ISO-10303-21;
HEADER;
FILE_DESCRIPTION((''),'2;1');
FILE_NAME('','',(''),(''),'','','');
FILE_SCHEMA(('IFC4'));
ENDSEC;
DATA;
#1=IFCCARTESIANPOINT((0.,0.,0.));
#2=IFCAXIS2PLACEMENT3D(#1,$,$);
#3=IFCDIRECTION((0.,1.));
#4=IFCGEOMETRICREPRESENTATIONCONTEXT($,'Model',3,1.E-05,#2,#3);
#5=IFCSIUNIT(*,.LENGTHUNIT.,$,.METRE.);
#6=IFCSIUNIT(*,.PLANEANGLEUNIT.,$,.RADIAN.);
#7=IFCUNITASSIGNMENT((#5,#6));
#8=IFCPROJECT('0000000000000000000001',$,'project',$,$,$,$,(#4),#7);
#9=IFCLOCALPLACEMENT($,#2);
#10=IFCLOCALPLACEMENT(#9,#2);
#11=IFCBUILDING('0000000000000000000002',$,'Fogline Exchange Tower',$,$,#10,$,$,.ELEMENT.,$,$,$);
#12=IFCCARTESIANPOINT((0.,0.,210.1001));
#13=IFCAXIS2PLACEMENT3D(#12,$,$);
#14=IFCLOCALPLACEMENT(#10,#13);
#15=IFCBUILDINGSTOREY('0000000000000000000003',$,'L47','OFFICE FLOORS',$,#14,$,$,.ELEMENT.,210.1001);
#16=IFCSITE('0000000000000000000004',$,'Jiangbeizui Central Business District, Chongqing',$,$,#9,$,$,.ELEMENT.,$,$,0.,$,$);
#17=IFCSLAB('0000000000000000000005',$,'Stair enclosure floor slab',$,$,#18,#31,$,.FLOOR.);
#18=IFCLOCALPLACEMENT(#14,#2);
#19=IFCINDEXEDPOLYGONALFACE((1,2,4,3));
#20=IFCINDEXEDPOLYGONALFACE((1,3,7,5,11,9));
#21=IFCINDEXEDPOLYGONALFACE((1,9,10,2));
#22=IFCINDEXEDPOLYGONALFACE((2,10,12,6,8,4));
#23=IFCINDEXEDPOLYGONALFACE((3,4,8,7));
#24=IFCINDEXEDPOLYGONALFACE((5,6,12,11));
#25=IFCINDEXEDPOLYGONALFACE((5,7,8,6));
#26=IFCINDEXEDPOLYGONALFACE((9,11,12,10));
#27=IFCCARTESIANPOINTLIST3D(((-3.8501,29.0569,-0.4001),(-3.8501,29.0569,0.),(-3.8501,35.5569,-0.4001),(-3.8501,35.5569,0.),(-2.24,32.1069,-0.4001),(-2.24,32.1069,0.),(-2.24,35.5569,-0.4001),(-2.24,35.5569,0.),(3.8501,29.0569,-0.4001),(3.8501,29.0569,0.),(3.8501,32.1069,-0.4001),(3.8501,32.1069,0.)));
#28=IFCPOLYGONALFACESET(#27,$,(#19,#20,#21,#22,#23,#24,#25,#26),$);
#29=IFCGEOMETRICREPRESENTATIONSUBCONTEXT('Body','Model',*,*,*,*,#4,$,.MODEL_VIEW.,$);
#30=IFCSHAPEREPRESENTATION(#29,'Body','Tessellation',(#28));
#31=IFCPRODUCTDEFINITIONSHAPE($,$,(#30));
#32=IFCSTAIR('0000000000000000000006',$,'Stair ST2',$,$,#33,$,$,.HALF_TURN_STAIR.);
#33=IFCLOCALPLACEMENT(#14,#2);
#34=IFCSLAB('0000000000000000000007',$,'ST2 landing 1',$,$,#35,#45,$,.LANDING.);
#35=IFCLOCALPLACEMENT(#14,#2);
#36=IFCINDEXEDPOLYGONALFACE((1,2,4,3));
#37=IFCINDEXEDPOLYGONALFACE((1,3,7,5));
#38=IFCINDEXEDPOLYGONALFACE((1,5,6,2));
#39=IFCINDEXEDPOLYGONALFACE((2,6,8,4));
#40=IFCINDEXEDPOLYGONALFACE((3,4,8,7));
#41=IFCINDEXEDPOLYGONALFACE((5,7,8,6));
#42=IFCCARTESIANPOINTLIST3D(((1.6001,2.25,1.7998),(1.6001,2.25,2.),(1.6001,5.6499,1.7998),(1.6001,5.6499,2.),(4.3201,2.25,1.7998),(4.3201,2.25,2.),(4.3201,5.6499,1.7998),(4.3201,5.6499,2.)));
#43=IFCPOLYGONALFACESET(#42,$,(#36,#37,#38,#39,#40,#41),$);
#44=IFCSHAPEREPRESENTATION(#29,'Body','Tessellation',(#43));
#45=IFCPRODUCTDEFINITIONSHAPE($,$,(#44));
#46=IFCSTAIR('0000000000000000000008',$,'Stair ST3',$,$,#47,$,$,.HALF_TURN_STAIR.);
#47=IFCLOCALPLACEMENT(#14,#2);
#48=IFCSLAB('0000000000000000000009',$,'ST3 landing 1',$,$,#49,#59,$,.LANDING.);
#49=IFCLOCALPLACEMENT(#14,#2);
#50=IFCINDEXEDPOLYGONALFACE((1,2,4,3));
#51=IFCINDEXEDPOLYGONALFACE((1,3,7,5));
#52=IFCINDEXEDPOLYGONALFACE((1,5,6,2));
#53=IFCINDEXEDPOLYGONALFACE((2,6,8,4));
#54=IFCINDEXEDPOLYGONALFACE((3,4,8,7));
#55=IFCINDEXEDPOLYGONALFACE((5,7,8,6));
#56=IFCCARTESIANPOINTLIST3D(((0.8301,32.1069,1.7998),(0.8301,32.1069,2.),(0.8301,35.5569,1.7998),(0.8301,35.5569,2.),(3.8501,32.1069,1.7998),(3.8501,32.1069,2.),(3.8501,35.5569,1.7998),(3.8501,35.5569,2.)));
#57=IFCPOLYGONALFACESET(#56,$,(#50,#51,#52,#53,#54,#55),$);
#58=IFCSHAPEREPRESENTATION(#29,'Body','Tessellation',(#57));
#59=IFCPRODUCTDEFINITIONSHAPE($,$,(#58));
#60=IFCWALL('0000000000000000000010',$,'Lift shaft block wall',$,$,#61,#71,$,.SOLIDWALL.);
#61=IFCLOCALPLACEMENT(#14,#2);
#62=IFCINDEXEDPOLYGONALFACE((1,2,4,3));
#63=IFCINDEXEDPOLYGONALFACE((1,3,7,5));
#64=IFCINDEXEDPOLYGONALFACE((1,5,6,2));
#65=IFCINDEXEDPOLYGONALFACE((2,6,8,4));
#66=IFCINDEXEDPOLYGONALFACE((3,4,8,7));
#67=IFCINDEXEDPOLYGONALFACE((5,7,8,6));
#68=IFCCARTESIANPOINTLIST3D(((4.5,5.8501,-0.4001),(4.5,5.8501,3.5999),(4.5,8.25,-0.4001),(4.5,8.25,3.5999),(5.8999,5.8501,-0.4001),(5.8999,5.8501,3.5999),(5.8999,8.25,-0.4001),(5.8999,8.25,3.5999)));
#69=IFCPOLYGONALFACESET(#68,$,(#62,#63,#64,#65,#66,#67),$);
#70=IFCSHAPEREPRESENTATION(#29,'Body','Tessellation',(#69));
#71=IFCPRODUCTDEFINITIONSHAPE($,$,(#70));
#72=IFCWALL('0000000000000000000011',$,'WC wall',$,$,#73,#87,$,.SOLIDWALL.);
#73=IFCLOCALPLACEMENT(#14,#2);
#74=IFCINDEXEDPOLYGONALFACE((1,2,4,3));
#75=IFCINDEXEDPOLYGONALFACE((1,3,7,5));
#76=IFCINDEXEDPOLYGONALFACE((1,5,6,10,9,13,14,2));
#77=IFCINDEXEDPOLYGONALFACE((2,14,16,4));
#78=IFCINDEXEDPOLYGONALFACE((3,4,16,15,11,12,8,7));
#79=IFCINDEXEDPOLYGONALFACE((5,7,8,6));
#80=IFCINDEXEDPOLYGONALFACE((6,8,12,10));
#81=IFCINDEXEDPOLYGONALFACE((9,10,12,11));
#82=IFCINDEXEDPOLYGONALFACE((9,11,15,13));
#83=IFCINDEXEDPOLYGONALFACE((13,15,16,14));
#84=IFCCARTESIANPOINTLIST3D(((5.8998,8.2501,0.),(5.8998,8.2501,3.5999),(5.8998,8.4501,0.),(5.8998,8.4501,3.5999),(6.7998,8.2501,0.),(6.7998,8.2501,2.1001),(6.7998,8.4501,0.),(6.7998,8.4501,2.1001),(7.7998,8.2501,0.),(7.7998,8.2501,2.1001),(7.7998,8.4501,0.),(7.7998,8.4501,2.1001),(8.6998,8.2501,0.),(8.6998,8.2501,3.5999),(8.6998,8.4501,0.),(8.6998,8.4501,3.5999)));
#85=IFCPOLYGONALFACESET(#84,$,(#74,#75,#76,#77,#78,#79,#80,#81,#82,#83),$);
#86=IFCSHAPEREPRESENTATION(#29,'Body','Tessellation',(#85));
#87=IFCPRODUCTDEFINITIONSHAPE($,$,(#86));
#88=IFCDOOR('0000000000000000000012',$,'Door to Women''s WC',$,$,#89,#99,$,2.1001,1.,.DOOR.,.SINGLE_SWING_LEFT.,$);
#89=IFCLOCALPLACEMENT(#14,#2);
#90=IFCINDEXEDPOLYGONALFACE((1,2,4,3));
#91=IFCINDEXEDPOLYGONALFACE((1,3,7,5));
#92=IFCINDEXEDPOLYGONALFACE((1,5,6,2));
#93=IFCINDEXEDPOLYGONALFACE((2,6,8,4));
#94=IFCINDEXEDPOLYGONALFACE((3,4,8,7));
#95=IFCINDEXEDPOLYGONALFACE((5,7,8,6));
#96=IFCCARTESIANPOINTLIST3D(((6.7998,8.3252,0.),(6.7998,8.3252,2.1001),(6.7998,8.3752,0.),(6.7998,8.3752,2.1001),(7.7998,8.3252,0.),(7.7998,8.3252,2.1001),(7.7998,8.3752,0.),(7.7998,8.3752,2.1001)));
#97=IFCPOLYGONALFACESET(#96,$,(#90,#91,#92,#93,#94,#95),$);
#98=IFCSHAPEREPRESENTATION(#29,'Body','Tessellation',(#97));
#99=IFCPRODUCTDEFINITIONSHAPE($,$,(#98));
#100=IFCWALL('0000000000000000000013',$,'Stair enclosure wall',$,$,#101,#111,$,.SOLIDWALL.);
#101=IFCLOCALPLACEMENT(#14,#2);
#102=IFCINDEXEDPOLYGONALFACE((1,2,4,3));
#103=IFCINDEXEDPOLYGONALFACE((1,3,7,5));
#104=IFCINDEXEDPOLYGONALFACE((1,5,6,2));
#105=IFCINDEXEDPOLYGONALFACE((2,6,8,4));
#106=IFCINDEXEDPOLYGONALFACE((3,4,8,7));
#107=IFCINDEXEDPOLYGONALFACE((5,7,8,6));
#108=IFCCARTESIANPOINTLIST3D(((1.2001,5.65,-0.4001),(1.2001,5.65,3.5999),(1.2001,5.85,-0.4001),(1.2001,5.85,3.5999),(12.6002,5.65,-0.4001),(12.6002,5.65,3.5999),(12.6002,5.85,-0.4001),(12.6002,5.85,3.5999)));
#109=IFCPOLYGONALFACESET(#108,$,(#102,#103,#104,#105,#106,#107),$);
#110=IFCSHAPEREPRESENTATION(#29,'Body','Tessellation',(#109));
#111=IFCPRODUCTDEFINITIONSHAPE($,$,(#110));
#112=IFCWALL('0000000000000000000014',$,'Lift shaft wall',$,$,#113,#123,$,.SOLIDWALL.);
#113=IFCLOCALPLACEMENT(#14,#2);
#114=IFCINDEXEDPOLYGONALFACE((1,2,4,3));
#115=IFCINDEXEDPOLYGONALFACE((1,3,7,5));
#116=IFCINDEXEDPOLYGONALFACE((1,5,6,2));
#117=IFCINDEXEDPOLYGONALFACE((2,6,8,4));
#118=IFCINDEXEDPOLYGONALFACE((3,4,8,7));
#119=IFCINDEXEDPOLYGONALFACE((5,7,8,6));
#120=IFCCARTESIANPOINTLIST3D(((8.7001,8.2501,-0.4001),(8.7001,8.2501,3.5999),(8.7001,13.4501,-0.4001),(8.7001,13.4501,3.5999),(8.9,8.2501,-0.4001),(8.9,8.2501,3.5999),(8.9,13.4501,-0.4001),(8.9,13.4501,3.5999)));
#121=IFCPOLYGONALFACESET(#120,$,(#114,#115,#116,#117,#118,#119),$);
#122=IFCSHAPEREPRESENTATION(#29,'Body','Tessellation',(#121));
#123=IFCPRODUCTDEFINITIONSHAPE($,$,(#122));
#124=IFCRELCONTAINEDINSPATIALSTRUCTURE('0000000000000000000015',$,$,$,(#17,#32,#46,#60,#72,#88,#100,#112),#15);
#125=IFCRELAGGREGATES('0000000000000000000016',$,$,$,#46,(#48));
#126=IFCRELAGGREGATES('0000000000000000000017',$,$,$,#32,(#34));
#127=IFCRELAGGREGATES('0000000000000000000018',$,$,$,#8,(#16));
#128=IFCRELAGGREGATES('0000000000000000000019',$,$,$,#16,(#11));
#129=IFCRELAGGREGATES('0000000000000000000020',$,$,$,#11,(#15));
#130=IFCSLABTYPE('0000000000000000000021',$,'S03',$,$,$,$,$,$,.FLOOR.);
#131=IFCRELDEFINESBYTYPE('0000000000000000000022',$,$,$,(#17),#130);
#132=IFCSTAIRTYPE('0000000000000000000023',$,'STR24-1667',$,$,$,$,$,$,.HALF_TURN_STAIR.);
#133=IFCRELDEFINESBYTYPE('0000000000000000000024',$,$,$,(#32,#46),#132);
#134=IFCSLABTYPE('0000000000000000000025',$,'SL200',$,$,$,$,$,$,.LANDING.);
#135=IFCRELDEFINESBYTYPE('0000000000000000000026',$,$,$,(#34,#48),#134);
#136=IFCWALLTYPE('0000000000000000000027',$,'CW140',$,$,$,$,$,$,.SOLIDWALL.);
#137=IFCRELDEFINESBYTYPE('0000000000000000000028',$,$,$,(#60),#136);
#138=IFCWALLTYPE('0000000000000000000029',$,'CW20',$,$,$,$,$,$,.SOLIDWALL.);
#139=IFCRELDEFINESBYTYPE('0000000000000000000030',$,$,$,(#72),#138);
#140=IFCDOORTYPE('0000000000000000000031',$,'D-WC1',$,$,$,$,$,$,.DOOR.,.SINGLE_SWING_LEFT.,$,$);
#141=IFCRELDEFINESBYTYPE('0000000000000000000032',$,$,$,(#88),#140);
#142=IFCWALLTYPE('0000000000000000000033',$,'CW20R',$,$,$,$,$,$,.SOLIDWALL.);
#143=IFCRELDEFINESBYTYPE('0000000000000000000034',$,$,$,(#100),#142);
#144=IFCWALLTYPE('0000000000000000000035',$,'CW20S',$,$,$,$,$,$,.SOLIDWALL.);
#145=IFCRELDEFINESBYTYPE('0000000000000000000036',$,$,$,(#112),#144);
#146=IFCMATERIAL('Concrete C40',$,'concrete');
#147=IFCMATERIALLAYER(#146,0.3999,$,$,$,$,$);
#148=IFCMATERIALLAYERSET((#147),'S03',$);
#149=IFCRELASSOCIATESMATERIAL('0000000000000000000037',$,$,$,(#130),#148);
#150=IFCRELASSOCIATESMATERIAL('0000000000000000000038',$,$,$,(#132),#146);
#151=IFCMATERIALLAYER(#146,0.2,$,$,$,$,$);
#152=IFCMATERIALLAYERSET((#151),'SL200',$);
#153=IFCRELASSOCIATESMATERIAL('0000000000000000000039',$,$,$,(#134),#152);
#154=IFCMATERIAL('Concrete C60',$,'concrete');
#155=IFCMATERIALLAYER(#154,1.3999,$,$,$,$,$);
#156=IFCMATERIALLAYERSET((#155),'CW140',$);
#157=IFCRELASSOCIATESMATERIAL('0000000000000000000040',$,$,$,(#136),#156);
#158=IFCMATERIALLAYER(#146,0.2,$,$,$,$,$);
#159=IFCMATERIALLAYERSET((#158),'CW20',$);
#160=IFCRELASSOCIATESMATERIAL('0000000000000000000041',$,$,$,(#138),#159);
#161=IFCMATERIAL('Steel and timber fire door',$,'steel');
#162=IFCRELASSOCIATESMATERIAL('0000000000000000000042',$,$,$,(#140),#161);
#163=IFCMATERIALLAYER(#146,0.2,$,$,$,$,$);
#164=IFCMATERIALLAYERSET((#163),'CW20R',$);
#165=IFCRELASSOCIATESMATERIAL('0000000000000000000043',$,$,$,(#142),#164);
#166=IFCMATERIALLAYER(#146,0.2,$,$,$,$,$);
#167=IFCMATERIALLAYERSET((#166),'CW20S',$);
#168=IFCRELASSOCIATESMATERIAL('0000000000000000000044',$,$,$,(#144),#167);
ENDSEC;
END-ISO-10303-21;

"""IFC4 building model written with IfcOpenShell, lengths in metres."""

from ifc_helpers import new_model, si_unit, direction, frame, frame_2d, origin, place, context, subcontext, project, spatial, polyline, rectangle, outline, extrude, material, layer, layer_set, type_object, element, fill, aggregate, save


model = new_model("IFC4")

# Units and contexts
model_context = context("Model", 3, precision=1e-05, world=origin(), true_north=direction((0.0, 1.0)))
body_context = subcontext(model_context, "Body", "Model", "MODEL_VIEW")
ifc_project = project(units=[si_unit("LENGTHUNIT", "METRE"), si_unit("PLANEANGLEUNIT", "RADIAN")], contexts=[model_context])

# Site, building, storey
site_placement = place(None, origin())
site = spatial("IfcSite", under=ifc_project, at=site_placement, Name="Jiangbeizui Central Business District, Chongqing", CompositionType="ELEMENT", RefElevation=0.0)
building_placement = place(site_placement, origin())
building = spatial("IfcBuilding", under=site, at=building_placement, Name="Fogline Exchange Tower", CompositionType="ELEMENT")
storey_placement = place(building_placement, frame((0.0, 0.0, 210.1001)))
storey = spatial("IfcBuildingStorey", under=building, at=storey_placement, Name="L47", Description="OFFICE FLOORS", CompositionType="ELEMENT", Elevation=210.1001)

# Slab
ifc_material_1 = material(Name="Concrete C40", Category="concrete")
ifc_layer_1 = layer(ifc_material_1, 0.3999)
ifc_layer_set_1 = layer_set([ifc_layer_1], Name="S03")
slab_type_1 = type_object("IfcSlabType", Name="S03", PredefinedType="FLOOR", material=ifc_layer_set_1)
slab_1_placement = place(storey_placement, frame((0.0, 0.0, -0.4001)))
element("IfcSlab", 1, at=slab_1_placement, inside=storey, type_object=slab_type_1, Name="Stair enclosure floor slab", PredefinedType="FLOOR", context=body_context, shape_type="SweptSolid", body=[
    extrude(outline(polyline([(3.8501, 29.0569), (-3.8501, 29.0569), (-3.8501, 35.5569), (-2.24, 35.5569), (-2.24, 32.1069), (3.8501, 32.1069), (3.8501, 29.0569)])), origin(), (0.0, 0.0, 1.0), 0.4001),
])

# Stairs, slabs
stair_type = type_object("IfcStairType", Name="STR24-1667", PredefinedType="HALF_TURN_STAIR", material=ifc_material_1)
stair_1_placement = place(storey_placement, origin())
stair_1 = element("IfcStair", 2, at=stair_1_placement, inside=storey, type_object=stair_type, Name="Stair ST2", PredefinedType="HALF_TURN_STAIR")
ifc_layer_2 = layer(ifc_material_1, 0.2)
ifc_layer_set_2 = layer_set([ifc_layer_2], Name="SL200")
slab_type_2 = type_object("IfcSlabType", Name="SL200", PredefinedType="LANDING", material=ifc_layer_set_2)
slab_2_placement = place(storey_placement, frame((0.0, 0.0, 1.7998)))
slab_2 = element("IfcSlab", 3, at=slab_2_placement, type_object=slab_type_2, Name="ST2 landing 1", PredefinedType="LANDING", context=body_context, shape_type="SweptSolid", body=[
    extrude(outline(polyline([(1.6001, 2.25), (4.3201, 2.25), (4.3201, 5.6499), (1.6001, 5.6499), (1.6001, 2.25)])), origin(), (0.0, 0.0, 1.0), 0.2002),
])
stair_2_placement = place(storey_placement, origin())
stair_2 = element("IfcStair", 4, at=stair_2_placement, inside=storey, type_object=stair_type, Name="Stair ST3", PredefinedType="HALF_TURN_STAIR")
slab_3_placement = place(storey_placement, frame((0.0, 0.0, 1.7998)))
slab_3 = element("IfcSlab", 5, at=slab_3_placement, type_object=slab_type_2, Name="ST3 landing 1", PredefinedType="LANDING", context=body_context, shape_type="SweptSolid", body=[
    extrude(outline(polyline([(0.8301, 32.1069), (3.8501, 32.1069), (3.8501, 35.5569), (0.8301, 35.5569), (0.8301, 32.1069)])), origin(), (0.0, 0.0, 1.0), 0.2002),
])
aggregate(stair_2, [slab_3])

# Wall
ifc_material_2 = material(Name="Concrete C60", Category="concrete")
ifc_layer_3 = layer(ifc_material_2, 1.3999)
ifc_layer_set_3 = layer_set([ifc_layer_3], Name="CW140")
wall_type_1 = type_object("IfcWallType", Name="CW140", PredefinedType="SOLIDWALL", material=ifc_layer_set_3)
wall_1_placement = place(storey_placement, frame((5.2, 5.8501, -0.4001), z_axis=(0.0, 0.0, 1.0), x_axis=(0.0, 1.0, 0.0)))
element("IfcWall", 6, at=wall_1_placement, inside=storey, type_object=wall_type_1, Name="Lift shaft block wall", PredefinedType="SOLIDWALL", context=body_context, shape_type="SweptSolid", body=[
    extrude(rectangle(XDim=2.3999, YDim=1.3999, at=frame_2d((1.2, 0.0))), origin(), (0.0, 0.0, 1.0), 4.0),
])

# Wall, opening, door
ifc_layer_4 = layer(ifc_material_1, 0.2)
ifc_layer_set_4 = layer_set([ifc_layer_4], Name="CW20")
wall_type_2 = type_object("IfcWallType", Name="CW20", PredefinedType="SOLIDWALL", material=ifc_layer_set_4)
wall_2_placement = place(storey_placement, frame((5.8999, 8.3501, 0.0), z_axis=(0.0, 0.0, 1.0), x_axis=(1.0, 0.0, 0.0)))
wall_2 = element("IfcWall", 7, at=wall_2_placement, inside=storey, type_object=wall_type_2, Name="WC wall", PredefinedType="SOLIDWALL", context=body_context, shape_type="SweptSolid", body=[
    extrude(rectangle(XDim=2.8, YDim=0.2, at=frame_2d((1.3999, 0.0))), origin(), (0.0, 0.0, 1.0), 3.5999),
])
opening_1_placement = place(wall_2_placement, frame((0.8999, 0.0, 0.0)))
opening_1 = element("IfcOpeningElement", 8, at=opening_1_placement, cuts=wall_2, PredefinedType="OPENING", context=body_context, shape_type="SweptSolid", body=[
    extrude(rectangle(XDim=1.0, YDim=2.1001, at=frame_2d((0.5, 1.05))), frame((0.0, 0.1099, 0.0), z_axis=(0.0, -1.0, 0.0), x_axis=(1.0, 0.0, 0.0)), (0.0, 0.0, 1.0), 0.22),
])
ifc_material_3 = material(Name="Steel and timber fire door", Category="steel")
door_type_1 = type_object("IfcDoorType", Name="D-WC1", OperationType="SINGLE_SWING_LEFT", PredefinedType="DOOR", material=ifc_material_3)
door_1_placement = place(opening_1_placement, frame((1.0, 0.0, 0.0), z_axis=(0.0, 0.0, 1.0), x_axis=(-1.0, 0.0, 0.0)))
door_1 = element("IfcDoor", 9, at=door_1_placement, inside=storey, type_object=door_type_1, Name="Door to Women's WC", OperationType="SINGLE_SWING_LEFT", OverallHeight=2.1001, OverallWidth=1.0, PredefinedType="DOOR", context=body_context, shape_type="SweptSolid", body=[
    extrude(rectangle(XDim=1.0, YDim=2.1001, at=frame_2d((0.5, 1.05))), frame((0.0, 0.0249, 0.0), z_axis=(0.0, -1.0, 0.0), x_axis=(1.0, 0.0, 0.0)), (0.0, 0.0, 1.0), 0.05),
])
fill(opening_1, door_1)

# Walls
ifc_layer_5 = layer(ifc_material_1, 0.2)
ifc_layer_set_5 = layer_set([ifc_layer_5], Name="CW20R")
wall_type_3 = type_object("IfcWallType", Name="CW20R", PredefinedType="SOLIDWALL", material=ifc_layer_set_5)
wall_3_placement = place(storey_placement, frame((1.2, 5.75, -0.4001), z_axis=(0.0, 0.0, 1.0), x_axis=(1.0, 0.0, 0.0)))
element("IfcWall", 10, at=wall_3_placement, inside=storey, type_object=wall_type_3, Name="Stair enclosure wall", PredefinedType="SOLIDWALL", context=body_context, shape_type="SweptSolid", body=[
    extrude(rectangle(XDim=11.4001, YDim=0.2, at=frame_2d((5.7002, 0.0))), origin(), (0.0, 0.0, 1.0), 4.0),
])
ifc_layer_6 = layer(ifc_material_1, 0.2)
ifc_layer_set_6 = layer_set([ifc_layer_6], Name="CW20S")
wall_type_4 = type_object("IfcWallType", Name="CW20S", PredefinedType="SOLIDWALL", material=ifc_layer_set_6)
wall_4_placement = place(storey_placement, frame((8.8, 8.25, -0.4001), z_axis=(0.0, 0.0, 1.0), x_axis=(0.0, 1.0, 0.0)))
element("IfcWall", 11, at=wall_4_placement, inside=storey, type_object=wall_type_4, Name="Lift shaft wall", PredefinedType="SOLIDWALL", context=body_context, shape_type="SweptSolid", body=[
    extrude(rectangle(XDim=5.2, YDim=0.2, at=frame_2d((2.6001, 0.0))), origin(), (0.0, 0.0, 1.0), 4.0),
])

aggregate(stair_1, [slab_2])

save(model, "model.ifc")
